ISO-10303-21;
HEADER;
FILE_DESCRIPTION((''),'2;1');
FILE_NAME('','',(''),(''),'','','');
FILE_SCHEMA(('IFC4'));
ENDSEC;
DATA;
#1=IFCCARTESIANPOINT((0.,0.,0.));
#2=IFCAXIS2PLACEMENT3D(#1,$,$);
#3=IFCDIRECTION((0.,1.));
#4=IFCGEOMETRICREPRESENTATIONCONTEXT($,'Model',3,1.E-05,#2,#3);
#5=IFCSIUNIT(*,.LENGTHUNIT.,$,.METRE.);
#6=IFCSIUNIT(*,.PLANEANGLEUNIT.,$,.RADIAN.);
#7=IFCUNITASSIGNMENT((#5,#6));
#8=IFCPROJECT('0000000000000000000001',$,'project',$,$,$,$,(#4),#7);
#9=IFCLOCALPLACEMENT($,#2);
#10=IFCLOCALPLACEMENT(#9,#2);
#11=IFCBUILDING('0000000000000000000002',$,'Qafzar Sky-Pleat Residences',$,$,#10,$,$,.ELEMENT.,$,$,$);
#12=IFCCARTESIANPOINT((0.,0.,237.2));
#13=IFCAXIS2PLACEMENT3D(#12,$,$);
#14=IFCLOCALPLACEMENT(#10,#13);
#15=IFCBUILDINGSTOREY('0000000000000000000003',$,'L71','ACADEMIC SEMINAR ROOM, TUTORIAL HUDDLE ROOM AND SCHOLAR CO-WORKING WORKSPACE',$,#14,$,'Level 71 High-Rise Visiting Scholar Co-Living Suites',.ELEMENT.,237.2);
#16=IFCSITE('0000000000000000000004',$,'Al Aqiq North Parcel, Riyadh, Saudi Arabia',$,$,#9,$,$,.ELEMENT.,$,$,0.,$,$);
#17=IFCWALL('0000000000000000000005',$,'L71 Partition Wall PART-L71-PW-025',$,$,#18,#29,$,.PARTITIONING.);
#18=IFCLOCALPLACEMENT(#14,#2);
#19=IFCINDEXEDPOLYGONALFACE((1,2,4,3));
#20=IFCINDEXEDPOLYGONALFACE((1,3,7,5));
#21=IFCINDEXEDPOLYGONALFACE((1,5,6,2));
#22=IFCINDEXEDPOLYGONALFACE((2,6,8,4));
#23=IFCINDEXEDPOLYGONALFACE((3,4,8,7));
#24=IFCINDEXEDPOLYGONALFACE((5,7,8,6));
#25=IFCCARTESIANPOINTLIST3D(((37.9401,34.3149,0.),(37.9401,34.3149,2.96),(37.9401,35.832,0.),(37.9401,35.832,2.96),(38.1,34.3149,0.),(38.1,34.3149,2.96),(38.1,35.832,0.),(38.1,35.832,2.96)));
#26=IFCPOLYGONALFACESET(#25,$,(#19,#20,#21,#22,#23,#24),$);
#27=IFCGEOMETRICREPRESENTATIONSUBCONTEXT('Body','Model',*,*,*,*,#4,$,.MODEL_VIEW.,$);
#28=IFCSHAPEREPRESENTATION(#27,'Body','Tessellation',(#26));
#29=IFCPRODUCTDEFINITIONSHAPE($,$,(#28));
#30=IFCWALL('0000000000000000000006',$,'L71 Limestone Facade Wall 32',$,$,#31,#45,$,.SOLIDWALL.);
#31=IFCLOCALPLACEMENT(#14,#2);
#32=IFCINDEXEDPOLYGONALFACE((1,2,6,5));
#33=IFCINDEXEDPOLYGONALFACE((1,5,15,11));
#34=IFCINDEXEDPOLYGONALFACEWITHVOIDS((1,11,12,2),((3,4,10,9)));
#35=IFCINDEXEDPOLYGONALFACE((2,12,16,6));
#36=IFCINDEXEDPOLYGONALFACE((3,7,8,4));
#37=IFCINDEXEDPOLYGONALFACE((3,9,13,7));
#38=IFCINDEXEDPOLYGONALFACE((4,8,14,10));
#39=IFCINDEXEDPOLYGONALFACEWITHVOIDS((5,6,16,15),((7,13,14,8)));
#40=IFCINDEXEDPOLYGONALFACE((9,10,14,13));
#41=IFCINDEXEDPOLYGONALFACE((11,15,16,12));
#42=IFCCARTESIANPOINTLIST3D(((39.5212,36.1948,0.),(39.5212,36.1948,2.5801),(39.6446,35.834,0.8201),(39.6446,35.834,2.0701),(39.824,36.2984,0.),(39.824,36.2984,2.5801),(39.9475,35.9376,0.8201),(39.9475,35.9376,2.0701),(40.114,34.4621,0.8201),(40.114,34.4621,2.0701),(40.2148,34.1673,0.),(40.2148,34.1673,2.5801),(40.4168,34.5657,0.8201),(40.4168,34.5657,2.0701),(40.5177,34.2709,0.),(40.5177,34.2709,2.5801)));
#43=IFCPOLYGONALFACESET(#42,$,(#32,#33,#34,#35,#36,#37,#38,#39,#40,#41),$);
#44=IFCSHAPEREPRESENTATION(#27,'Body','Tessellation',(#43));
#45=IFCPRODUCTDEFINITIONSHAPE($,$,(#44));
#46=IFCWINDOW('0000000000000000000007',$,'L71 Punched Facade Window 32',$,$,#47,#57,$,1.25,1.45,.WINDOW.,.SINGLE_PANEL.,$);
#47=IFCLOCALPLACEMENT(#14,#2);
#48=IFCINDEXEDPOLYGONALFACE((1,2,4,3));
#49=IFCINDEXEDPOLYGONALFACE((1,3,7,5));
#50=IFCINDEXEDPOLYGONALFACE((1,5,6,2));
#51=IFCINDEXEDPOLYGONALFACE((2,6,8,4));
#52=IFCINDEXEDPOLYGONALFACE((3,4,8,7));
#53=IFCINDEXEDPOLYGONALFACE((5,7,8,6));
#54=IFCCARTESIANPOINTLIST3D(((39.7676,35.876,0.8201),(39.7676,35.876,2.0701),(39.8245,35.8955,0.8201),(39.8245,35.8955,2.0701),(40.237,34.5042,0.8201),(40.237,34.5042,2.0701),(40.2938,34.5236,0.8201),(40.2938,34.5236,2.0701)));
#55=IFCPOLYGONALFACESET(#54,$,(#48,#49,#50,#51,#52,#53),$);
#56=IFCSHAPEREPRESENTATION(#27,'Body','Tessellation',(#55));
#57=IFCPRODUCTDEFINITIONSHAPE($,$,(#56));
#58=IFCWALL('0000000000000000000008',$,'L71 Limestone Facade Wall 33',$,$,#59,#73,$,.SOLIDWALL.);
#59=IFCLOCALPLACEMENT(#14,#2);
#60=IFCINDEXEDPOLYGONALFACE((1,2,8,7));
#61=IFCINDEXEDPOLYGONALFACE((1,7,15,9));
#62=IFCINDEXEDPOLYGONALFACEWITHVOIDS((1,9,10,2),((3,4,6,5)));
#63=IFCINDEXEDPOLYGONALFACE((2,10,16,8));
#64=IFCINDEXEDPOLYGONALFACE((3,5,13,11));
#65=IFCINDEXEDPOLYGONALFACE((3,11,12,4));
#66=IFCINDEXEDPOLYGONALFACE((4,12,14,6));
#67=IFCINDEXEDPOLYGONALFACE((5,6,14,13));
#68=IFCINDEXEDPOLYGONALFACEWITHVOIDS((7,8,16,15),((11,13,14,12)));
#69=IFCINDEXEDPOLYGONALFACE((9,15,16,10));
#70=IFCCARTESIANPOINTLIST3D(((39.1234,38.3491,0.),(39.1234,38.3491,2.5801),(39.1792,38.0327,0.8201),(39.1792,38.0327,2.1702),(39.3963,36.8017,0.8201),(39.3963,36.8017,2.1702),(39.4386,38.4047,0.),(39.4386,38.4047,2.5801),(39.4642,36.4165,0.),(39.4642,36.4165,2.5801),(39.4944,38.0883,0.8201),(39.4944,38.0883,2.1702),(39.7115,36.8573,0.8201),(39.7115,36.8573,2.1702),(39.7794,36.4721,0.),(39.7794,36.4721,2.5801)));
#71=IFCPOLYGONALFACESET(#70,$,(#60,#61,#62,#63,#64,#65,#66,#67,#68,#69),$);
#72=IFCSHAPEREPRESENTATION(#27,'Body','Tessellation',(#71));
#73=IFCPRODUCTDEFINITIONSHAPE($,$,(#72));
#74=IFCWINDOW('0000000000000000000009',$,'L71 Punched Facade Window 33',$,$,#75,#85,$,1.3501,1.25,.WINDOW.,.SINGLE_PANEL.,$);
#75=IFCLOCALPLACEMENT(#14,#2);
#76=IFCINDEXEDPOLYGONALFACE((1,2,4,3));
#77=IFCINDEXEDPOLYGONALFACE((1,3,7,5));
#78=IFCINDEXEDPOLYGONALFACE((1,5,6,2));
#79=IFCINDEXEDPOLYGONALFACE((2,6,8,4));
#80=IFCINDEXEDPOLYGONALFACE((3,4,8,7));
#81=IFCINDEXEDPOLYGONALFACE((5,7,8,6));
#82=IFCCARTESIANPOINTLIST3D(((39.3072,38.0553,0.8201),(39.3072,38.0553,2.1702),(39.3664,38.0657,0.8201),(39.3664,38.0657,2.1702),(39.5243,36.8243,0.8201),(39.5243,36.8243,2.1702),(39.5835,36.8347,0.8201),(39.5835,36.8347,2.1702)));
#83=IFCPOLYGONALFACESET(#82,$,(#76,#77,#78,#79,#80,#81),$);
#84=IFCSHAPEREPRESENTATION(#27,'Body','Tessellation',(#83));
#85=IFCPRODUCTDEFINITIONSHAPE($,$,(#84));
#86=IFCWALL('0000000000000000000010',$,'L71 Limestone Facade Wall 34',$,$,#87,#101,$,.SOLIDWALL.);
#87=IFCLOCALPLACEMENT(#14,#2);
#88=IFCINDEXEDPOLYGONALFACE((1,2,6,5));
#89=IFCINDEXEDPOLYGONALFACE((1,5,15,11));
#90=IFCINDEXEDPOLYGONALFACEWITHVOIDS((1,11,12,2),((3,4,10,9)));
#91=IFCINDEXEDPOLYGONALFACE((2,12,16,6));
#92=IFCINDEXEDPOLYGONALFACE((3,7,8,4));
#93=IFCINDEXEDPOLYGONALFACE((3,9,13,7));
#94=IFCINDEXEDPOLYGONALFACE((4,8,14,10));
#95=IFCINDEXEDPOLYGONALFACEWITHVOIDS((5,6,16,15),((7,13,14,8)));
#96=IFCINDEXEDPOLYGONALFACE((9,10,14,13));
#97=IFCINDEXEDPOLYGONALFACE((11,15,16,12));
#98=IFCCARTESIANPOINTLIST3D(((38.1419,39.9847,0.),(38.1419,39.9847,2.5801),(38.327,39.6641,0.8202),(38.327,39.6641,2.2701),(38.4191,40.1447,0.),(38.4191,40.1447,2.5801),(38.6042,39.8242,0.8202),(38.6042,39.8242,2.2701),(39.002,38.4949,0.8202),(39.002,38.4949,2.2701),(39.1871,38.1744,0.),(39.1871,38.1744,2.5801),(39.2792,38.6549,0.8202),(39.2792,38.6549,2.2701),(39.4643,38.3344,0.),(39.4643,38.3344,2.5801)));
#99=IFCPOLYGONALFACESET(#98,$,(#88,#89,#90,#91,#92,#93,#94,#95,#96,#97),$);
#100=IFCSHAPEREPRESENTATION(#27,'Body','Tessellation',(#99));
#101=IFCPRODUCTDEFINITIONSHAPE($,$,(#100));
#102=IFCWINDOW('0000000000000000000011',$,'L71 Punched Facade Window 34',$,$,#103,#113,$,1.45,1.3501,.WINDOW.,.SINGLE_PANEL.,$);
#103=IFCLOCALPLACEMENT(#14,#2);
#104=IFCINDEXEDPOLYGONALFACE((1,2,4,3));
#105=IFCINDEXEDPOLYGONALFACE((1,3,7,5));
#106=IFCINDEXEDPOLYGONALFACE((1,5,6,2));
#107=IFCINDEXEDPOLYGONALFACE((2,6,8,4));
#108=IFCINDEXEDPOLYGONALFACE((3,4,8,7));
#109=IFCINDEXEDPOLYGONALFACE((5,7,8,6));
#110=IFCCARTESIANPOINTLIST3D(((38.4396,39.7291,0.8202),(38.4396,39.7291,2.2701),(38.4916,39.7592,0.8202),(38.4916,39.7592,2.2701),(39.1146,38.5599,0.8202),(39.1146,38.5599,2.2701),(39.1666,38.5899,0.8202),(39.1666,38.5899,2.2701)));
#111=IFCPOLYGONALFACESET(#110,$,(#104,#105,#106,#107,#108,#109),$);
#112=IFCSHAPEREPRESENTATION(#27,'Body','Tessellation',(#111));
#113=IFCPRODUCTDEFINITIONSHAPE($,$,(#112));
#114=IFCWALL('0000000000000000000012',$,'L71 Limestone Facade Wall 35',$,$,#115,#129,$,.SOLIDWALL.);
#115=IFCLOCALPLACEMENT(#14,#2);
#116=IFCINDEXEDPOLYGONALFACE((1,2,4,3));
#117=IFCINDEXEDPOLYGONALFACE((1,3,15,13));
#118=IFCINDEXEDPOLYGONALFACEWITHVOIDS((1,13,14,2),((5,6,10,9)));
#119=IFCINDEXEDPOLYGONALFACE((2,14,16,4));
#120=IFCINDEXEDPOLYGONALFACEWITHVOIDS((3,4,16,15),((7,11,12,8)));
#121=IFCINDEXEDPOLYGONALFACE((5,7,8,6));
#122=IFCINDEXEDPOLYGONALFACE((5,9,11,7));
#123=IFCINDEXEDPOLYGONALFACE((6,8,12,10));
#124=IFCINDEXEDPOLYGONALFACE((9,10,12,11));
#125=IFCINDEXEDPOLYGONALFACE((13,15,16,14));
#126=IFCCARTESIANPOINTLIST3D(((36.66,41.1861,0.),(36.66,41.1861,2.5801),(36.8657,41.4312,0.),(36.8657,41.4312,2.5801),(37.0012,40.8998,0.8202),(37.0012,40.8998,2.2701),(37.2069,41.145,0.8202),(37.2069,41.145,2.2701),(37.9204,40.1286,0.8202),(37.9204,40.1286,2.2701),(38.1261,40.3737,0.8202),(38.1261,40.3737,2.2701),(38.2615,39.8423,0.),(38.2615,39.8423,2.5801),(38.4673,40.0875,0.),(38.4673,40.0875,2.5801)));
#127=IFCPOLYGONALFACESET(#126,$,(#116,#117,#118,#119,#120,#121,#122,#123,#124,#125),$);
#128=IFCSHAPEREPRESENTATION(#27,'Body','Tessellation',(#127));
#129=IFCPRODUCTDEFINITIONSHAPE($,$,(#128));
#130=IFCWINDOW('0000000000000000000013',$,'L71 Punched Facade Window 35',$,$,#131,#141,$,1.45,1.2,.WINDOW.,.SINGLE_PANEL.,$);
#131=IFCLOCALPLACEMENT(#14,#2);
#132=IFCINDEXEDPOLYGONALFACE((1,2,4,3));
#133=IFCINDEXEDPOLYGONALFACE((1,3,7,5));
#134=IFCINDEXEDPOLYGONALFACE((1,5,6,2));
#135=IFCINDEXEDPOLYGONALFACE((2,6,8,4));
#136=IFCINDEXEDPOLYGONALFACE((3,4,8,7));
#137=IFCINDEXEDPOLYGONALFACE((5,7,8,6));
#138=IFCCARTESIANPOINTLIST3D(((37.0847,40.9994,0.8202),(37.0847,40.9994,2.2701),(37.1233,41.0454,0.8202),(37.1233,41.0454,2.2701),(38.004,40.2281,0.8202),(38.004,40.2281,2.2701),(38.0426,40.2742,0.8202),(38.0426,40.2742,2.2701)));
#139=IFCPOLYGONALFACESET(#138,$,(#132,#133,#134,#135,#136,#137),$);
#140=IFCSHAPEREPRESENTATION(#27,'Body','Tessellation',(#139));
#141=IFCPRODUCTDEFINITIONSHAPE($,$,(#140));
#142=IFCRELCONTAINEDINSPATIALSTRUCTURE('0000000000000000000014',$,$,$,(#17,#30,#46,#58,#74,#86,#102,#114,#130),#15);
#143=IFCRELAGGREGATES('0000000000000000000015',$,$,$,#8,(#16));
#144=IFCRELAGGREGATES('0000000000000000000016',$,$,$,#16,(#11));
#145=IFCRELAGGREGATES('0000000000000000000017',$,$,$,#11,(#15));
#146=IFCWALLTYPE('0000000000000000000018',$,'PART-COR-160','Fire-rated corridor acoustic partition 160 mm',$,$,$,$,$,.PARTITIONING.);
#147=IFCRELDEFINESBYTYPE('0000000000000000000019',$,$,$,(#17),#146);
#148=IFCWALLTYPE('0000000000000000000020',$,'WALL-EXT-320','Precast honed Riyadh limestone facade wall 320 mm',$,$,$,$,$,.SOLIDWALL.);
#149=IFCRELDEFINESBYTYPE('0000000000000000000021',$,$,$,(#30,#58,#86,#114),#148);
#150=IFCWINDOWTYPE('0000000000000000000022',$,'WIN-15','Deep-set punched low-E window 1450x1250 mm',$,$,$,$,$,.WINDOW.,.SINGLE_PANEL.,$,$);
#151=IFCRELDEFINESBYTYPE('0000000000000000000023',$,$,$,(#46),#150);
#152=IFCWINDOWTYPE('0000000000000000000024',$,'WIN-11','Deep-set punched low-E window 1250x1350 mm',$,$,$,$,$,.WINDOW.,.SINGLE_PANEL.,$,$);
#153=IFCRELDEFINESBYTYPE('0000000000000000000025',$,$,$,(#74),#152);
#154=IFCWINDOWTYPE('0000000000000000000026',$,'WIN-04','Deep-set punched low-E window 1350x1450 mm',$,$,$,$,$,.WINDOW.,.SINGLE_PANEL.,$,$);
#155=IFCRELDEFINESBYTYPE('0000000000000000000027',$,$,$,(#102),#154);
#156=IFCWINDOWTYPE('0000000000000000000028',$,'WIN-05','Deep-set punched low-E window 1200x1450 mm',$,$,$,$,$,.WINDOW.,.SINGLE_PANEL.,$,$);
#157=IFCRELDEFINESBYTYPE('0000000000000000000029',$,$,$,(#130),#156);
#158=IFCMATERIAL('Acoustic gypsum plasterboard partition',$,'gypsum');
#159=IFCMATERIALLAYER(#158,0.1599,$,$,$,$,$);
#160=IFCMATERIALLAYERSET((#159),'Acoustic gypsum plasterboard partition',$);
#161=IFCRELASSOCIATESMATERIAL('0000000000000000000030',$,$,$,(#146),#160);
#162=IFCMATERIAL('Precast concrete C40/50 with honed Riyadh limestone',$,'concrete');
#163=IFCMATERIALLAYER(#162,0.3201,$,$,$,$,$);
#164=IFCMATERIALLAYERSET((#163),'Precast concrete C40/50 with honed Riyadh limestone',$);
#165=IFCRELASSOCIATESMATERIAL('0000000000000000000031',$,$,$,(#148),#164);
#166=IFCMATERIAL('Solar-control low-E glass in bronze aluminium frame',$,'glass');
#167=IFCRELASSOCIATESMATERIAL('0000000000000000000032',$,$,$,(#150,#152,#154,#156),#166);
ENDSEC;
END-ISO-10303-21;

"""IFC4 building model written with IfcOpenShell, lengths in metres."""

from ifc_helpers import new_model, si_unit, direction, frame, frame_2d, origin, place, context, subcontext, project, spatial, rectangle, extrude, source, transform, mapped, material, layer, layer_set, type_object, element, fill, save


model = new_model("IFC4")

# Units and contexts
model_context = context("Model", 3, precision=1e-05, world=origin(), true_north=direction((0.0, 1.0)))
body_context = subcontext(model_context, "Body", "Model", "MODEL_VIEW")
ifc_project = project(units=[si_unit("LENGTHUNIT", "METRE"), si_unit("PLANEANGLEUNIT", "RADIAN")], contexts=[model_context])

# Site, building, storey
site_placement = place(None, origin())
site = spatial("IfcSite", under=ifc_project, at=site_placement, Name="Al Aqiq North Parcel, Riyadh, Saudi Arabia", CompositionType="ELEMENT", RefElevation=0.0)
building_placement = place(site_placement, origin())
building = spatial("IfcBuilding", under=site, at=building_placement, Name="Qafzar Sky-Pleat Residences", CompositionType="ELEMENT")
storey_placement = place(building_placement, frame((0.0, 0.0, 237.2)))
storey = spatial("IfcBuildingStorey", under=building, at=storey_placement, Name="L71", Description="ACADEMIC SEMINAR ROOM, TUTORIAL HUDDLE ROOM AND SCHOLAR CO-WORKING WORKSPACE", LongName="Level 71 High-Rise Visiting Scholar Co-Living Suites", CompositionType="ELEMENT", Elevation=237.2)

# Wall
ifc_material_1 = material(Name="Acoustic gypsum plasterboard partition", Category="gypsum")
ifc_layer_1 = layer(ifc_material_1, 0.1599)
ifc_layer_set_1 = layer_set([ifc_layer_1], Name="Acoustic gypsum plasterboard partition")
wall_type_1 = type_object("IfcWallType", Name="PART-COR-160", Description="Fire-rated corridor acoustic partition 160 mm", PredefinedType="PARTITIONING", material=ifc_layer_set_1)
wall_1_placement = place(storey_placement, frame((38.02, 34.3149, 0.0), z_axis=(0.0, 0.0, 1.0), x_axis=(0.0, 1.0, 0.0)))
element("IfcWall", 1, at=wall_1_placement, inside=storey, type_object=wall_type_1, Name="L71 Partition Wall PART-L71-PW-025", PredefinedType="PARTITIONING", context=body_context, shape_type="SweptSolid", body=[
    extrude(rectangle(XDim=1.5171, YDim=0.1599, at=frame_2d((0.7585, 0.0))), origin(), (0.0, 0.0, 1.0), 2.96),
])

# Walls, openings, windows
ifc_material_2 = material(Name="Precast concrete C40/50 with honed Riyadh limestone", Category="concrete")
ifc_layer_2 = layer(ifc_material_2, 0.3201)
ifc_layer_set_2 = layer_set([ifc_layer_2], Name="Precast concrete C40/50 with honed Riyadh limestone")
wall_type_2 = type_object("IfcWallType", Name="WALL-EXT-320", Description="Precast honed Riyadh limestone facade wall 320 mm", PredefinedType="SOLIDWALL", material=ifc_layer_set_2)
wall_2_placement = place(storey_placement, frame((40.3662, 34.2192, 0.0), z_axis=(0.0, 0.0, 1.0), x_axis=(-0.323704, 0.946158, 0.0)))
wall_2 = element("IfcWall", 2, at=wall_2_placement, inside=storey, type_object=wall_type_2, Name="L71 Limestone Facade Wall 32", PredefinedType="SOLIDWALL", context=body_context, shape_type="SweptSolid", body=[
    extrude(rectangle(XDim=2.1428, YDim=0.3201, at=frame_2d((1.0713, 0.0))), origin(), (0.0, 0.0, 1.0), 2.5801),
])
opening_1_placement = place(wall_2_placement, frame((0.3113, 0.0, 0.8201)))
opening_1 = element("IfcOpeningElement", 3, at=opening_1_placement, cuts=wall_2, PredefinedType="OPENING", context=body_context, shape_type="SweptSolid", body=[
    extrude(rectangle(XDim=1.45, YDim=1.25, at=frame_2d((0.7251, 0.625))), frame((0.0, 0.1699, 0.0), z_axis=(0.0, -1.0, 0.0), x_axis=(1.0, 0.0, 0.0)), (0.0, 0.0, 1.0), 0.3401),
])
ifc_material_3 = material(Name="Solar-control low-E glass in bronze aluminium frame", Category="glass")
window_type_1 = type_object("IfcWindowType", Name="WIN-15", Description="Deep-set punched low-E window 1450x1250 mm", PartitioningType="SINGLE_PANEL", PredefinedType="WINDOW", material=ifc_material_3)
shared_shape_1 = source(origin(), body_context, "Body", "SweptSolid", [
    extrude(rectangle(XDim=1.45, YDim=1.25, at=frame_2d((0.7251, 0.625))), frame((0.0, 0.03, 0.0), z_axis=(0.0, -1.0, 0.0), x_axis=(1.0, 0.0, 0.0)), (0.0, 0.0, 1.0), 0.0601),
])
window_1_placement = place(opening_1_placement, origin())
window_1 = element("IfcWindow", 4, at=window_1_placement, inside=storey, type_object=window_type_1, Name="L71 Punched Facade Window 32", OverallHeight=1.25, OverallWidth=1.45, PartitioningType="SINGLE_PANEL", PredefinedType="WINDOW", context=body_context, shape_type="MappedRepresentation", body=[
    mapped(shared_shape_1, transform((0.0, 0.0, 0.0), x_axis=(1.0, 0.0, 0.0), y_axis=(0.0, 1.0, 0.0), z_axis=(0.0, 0.0, 1.0), scale=1.0)),
])
fill(opening_1, window_1)
wall_3_placement = place(storey_placement, frame((39.6218, 36.4443, 0.0), z_axis=(0.0, 0.0, 1.0), x_axis=(-0.173672, 0.984804, 0.0)))
wall_3 = element("IfcWall", 5, at=wall_3_placement, inside=storey, type_object=wall_type_2, Name="L71 Limestone Facade Wall 33", PredefinedType="SOLIDWALL", context=body_context, shape_type="SweptSolid", body=[
    extrude(rectangle(XDim=1.9624, YDim=0.3201, at=frame_2d((0.9812, 0.0))), origin(), (0.0, 0.0, 1.0), 2.5801),
])
opening_2_placement = place(wall_3_placement, frame((0.3911, 0.0, 0.8201)))
opening_2 = element("IfcOpeningElement", 6, at=opening_2_placement, cuts=wall_3, PredefinedType="OPENING", context=body_context, shape_type="SweptSolid", body=[
    extrude(rectangle(XDim=1.25, YDim=1.3501, at=frame_2d((0.625, 0.675))), frame((0.0, 0.1699, 0.0), z_axis=(0.0, -1.0, 0.0), x_axis=(1.0, 0.0, 0.0)), (0.0, 0.0, 1.0), 0.3401),
])
window_type_2 = type_object("IfcWindowType", Name="WIN-11", Description="Deep-set punched low-E window 1250x1350 mm", PartitioningType="SINGLE_PANEL", PredefinedType="WINDOW", material=ifc_material_3)
shared_shape_2 = source(origin(), body_context, "Body", "SweptSolid", [
    extrude(rectangle(XDim=1.25, YDim=1.3501, at=frame_2d((0.625, 0.675))), frame((0.0, 0.03, 0.0), z_axis=(0.0, -1.0, 0.0), x_axis=(1.0, 0.0, 0.0)), (0.0, 0.0, 1.0), 0.0601),
])
window_2_placement = place(opening_2_placement, origin())
window_2 = element("IfcWindow", 7, at=window_2_placement, inside=storey, type_object=window_type_2, Name="L71 Punched Facade Window 33", OverallHeight=1.3501, OverallWidth=1.25, PartitioningType="SINGLE_PANEL", PredefinedType="WINDOW", context=body_context, shape_type="MappedRepresentation", body=[
    mapped(shared_shape_2, transform((0.0, 0.0, 0.0), x_axis=(1.0, 0.0, 0.0), y_axis=(0.0, 1.0, 0.0), z_axis=(0.0, 0.0, 1.0), scale=1.0)),
])
fill(opening_2, window_2)
wall_4_placement = place(storey_placement, frame((39.3257, 38.2544, 0.0), z_axis=(0.0, 0.0, 1.0), x_axis=(-0.499995, 0.866028, 0.0)))
wall_4 = element("IfcWall", 8, at=wall_4_placement, inside=storey, type_object=wall_type_2, Name="L71 Limestone Facade Wall 34", PredefinedType="SOLIDWALL", context=body_context, shape_type="SweptSolid", body=[
    extrude(rectangle(XDim=2.0903, YDim=0.3201, at=frame_2d((1.0452, 0.0))), origin(), (0.0, 0.0, 1.0), 2.5801),
])
opening_3_placement = place(wall_4_placement, frame((0.3701, 0.0, 0.8201)))
opening_3 = element("IfcOpeningElement", 9, at=opening_3_placement, cuts=wall_4, PredefinedType="OPENING", context=body_context, shape_type="SweptSolid", body=[
    extrude(rectangle(XDim=1.3501, YDim=1.45, at=frame_2d((0.675, 0.7251))), frame((0.0, 0.1699, 0.0), z_axis=(0.0, -1.0, 0.0), x_axis=(1.0, 0.0, 0.0)), (0.0, 0.0, 1.0), 0.3401),
])
window_type_3 = type_object("IfcWindowType", Name="WIN-04", Description="Deep-set punched low-E window 1350x1450 mm", PartitioningType="SINGLE_PANEL", PredefinedType="WINDOW", material=ifc_material_3)
shared_shape_3 = source(origin(), body_context, "Body", "SweptSolid", [
    extrude(rectangle(XDim=1.3501, YDim=1.45, at=frame_2d((0.675, 0.7251))), frame((0.0, 0.03, 0.0), z_axis=(0.0, -1.0, 0.0), x_axis=(1.0, 0.0, 0.0)), (0.0, 0.0, 1.0), 0.0601),
])
window_3_placement = place(opening_3_placement, origin())
window_3 = element("IfcWindow", 10, at=window_3_placement, inside=storey, type_object=window_type_3, Name="L71 Punched Facade Window 34", OverallHeight=1.45, OverallWidth=1.3501, PartitioningType="SINGLE_PANEL", PredefinedType="WINDOW", context=body_context, shape_type="MappedRepresentation", body=[
    mapped(shared_shape_3, transform((0.0, 0.0, 0.0), x_axis=(1.0, 0.0, 0.0), y_axis=(0.0, 1.0, 0.0), z_axis=(0.0, 0.0, 1.0), scale=1.0)),
])
fill(opening_3, window_3)
wall_5_placement = place(storey_placement, frame((38.3645, 39.9648, 0.0), z_axis=(0.0, 0.0, 1.0), x_axis=(-0.766073, 0.642754, 0.0)))
wall_5 = element("IfcWall", 11, at=wall_5_placement, inside=storey, type_object=wall_type_2, Name="L71 Limestone Facade Wall 35", PredefinedType="SOLIDWALL", context=body_context, shape_type="SweptSolid", body=[
    extrude(rectangle(XDim=2.0906, YDim=0.3201, at=frame_2d((1.0454, 0.0))), origin(), (0.0, 0.0, 1.0), 2.5801),
])
opening_4_placement = place(wall_5_placement, frame((0.4453, 0.0, 0.8201)))
opening_4 = element("IfcOpeningElement", 12, at=opening_4_placement, cuts=wall_5, PredefinedType="OPENING", context=body_context, shape_type="SweptSolid", body=[
    extrude(rectangle(XDim=1.2, YDim=1.45, at=frame_2d((0.6001, 0.7251))), frame((0.0, 0.1699, 0.0), z_axis=(0.0, -1.0, 0.0), x_axis=(1.0, 0.0, 0.0)), (0.0, 0.0, 1.0), 0.3401),
])
window_type_4 = type_object("IfcWindowType", Name="WIN-05", Description="Deep-set punched low-E window 1200x1450 mm", PartitioningType="SINGLE_PANEL", PredefinedType="WINDOW", material=ifc_material_3)
shared_shape_4 = source(origin(), body_context, "Body", "SweptSolid", [
    extrude(rectangle(XDim=1.2, YDim=1.45, at=frame_2d((0.6001, 0.7251))), frame((0.0, 0.03, 0.0), z_axis=(0.0, -1.0, 0.0), x_axis=(1.0, 0.0, 0.0)), (0.0, 0.0, 1.0), 0.0601),
])
window_4_placement = place(opening_4_placement, origin())
window_4 = element("IfcWindow", 13, at=window_4_placement, inside=storey, type_object=window_type_4, Name="L71 Punched Facade Window 35", OverallHeight=1.45, OverallWidth=1.2, PartitioningType="SINGLE_PANEL", PredefinedType="WINDOW", context=body_context, shape_type="MappedRepresentation", body=[
    mapped(shared_shape_4, transform((0.0, 0.0, 0.0), x_axis=(1.0, 0.0, 0.0), y_axis=(0.0, 1.0, 0.0), z_axis=(0.0, 0.0, 1.0), scale=1.0)),
])
fill(opening_4, window_4)

save(model, "model.ifc")
